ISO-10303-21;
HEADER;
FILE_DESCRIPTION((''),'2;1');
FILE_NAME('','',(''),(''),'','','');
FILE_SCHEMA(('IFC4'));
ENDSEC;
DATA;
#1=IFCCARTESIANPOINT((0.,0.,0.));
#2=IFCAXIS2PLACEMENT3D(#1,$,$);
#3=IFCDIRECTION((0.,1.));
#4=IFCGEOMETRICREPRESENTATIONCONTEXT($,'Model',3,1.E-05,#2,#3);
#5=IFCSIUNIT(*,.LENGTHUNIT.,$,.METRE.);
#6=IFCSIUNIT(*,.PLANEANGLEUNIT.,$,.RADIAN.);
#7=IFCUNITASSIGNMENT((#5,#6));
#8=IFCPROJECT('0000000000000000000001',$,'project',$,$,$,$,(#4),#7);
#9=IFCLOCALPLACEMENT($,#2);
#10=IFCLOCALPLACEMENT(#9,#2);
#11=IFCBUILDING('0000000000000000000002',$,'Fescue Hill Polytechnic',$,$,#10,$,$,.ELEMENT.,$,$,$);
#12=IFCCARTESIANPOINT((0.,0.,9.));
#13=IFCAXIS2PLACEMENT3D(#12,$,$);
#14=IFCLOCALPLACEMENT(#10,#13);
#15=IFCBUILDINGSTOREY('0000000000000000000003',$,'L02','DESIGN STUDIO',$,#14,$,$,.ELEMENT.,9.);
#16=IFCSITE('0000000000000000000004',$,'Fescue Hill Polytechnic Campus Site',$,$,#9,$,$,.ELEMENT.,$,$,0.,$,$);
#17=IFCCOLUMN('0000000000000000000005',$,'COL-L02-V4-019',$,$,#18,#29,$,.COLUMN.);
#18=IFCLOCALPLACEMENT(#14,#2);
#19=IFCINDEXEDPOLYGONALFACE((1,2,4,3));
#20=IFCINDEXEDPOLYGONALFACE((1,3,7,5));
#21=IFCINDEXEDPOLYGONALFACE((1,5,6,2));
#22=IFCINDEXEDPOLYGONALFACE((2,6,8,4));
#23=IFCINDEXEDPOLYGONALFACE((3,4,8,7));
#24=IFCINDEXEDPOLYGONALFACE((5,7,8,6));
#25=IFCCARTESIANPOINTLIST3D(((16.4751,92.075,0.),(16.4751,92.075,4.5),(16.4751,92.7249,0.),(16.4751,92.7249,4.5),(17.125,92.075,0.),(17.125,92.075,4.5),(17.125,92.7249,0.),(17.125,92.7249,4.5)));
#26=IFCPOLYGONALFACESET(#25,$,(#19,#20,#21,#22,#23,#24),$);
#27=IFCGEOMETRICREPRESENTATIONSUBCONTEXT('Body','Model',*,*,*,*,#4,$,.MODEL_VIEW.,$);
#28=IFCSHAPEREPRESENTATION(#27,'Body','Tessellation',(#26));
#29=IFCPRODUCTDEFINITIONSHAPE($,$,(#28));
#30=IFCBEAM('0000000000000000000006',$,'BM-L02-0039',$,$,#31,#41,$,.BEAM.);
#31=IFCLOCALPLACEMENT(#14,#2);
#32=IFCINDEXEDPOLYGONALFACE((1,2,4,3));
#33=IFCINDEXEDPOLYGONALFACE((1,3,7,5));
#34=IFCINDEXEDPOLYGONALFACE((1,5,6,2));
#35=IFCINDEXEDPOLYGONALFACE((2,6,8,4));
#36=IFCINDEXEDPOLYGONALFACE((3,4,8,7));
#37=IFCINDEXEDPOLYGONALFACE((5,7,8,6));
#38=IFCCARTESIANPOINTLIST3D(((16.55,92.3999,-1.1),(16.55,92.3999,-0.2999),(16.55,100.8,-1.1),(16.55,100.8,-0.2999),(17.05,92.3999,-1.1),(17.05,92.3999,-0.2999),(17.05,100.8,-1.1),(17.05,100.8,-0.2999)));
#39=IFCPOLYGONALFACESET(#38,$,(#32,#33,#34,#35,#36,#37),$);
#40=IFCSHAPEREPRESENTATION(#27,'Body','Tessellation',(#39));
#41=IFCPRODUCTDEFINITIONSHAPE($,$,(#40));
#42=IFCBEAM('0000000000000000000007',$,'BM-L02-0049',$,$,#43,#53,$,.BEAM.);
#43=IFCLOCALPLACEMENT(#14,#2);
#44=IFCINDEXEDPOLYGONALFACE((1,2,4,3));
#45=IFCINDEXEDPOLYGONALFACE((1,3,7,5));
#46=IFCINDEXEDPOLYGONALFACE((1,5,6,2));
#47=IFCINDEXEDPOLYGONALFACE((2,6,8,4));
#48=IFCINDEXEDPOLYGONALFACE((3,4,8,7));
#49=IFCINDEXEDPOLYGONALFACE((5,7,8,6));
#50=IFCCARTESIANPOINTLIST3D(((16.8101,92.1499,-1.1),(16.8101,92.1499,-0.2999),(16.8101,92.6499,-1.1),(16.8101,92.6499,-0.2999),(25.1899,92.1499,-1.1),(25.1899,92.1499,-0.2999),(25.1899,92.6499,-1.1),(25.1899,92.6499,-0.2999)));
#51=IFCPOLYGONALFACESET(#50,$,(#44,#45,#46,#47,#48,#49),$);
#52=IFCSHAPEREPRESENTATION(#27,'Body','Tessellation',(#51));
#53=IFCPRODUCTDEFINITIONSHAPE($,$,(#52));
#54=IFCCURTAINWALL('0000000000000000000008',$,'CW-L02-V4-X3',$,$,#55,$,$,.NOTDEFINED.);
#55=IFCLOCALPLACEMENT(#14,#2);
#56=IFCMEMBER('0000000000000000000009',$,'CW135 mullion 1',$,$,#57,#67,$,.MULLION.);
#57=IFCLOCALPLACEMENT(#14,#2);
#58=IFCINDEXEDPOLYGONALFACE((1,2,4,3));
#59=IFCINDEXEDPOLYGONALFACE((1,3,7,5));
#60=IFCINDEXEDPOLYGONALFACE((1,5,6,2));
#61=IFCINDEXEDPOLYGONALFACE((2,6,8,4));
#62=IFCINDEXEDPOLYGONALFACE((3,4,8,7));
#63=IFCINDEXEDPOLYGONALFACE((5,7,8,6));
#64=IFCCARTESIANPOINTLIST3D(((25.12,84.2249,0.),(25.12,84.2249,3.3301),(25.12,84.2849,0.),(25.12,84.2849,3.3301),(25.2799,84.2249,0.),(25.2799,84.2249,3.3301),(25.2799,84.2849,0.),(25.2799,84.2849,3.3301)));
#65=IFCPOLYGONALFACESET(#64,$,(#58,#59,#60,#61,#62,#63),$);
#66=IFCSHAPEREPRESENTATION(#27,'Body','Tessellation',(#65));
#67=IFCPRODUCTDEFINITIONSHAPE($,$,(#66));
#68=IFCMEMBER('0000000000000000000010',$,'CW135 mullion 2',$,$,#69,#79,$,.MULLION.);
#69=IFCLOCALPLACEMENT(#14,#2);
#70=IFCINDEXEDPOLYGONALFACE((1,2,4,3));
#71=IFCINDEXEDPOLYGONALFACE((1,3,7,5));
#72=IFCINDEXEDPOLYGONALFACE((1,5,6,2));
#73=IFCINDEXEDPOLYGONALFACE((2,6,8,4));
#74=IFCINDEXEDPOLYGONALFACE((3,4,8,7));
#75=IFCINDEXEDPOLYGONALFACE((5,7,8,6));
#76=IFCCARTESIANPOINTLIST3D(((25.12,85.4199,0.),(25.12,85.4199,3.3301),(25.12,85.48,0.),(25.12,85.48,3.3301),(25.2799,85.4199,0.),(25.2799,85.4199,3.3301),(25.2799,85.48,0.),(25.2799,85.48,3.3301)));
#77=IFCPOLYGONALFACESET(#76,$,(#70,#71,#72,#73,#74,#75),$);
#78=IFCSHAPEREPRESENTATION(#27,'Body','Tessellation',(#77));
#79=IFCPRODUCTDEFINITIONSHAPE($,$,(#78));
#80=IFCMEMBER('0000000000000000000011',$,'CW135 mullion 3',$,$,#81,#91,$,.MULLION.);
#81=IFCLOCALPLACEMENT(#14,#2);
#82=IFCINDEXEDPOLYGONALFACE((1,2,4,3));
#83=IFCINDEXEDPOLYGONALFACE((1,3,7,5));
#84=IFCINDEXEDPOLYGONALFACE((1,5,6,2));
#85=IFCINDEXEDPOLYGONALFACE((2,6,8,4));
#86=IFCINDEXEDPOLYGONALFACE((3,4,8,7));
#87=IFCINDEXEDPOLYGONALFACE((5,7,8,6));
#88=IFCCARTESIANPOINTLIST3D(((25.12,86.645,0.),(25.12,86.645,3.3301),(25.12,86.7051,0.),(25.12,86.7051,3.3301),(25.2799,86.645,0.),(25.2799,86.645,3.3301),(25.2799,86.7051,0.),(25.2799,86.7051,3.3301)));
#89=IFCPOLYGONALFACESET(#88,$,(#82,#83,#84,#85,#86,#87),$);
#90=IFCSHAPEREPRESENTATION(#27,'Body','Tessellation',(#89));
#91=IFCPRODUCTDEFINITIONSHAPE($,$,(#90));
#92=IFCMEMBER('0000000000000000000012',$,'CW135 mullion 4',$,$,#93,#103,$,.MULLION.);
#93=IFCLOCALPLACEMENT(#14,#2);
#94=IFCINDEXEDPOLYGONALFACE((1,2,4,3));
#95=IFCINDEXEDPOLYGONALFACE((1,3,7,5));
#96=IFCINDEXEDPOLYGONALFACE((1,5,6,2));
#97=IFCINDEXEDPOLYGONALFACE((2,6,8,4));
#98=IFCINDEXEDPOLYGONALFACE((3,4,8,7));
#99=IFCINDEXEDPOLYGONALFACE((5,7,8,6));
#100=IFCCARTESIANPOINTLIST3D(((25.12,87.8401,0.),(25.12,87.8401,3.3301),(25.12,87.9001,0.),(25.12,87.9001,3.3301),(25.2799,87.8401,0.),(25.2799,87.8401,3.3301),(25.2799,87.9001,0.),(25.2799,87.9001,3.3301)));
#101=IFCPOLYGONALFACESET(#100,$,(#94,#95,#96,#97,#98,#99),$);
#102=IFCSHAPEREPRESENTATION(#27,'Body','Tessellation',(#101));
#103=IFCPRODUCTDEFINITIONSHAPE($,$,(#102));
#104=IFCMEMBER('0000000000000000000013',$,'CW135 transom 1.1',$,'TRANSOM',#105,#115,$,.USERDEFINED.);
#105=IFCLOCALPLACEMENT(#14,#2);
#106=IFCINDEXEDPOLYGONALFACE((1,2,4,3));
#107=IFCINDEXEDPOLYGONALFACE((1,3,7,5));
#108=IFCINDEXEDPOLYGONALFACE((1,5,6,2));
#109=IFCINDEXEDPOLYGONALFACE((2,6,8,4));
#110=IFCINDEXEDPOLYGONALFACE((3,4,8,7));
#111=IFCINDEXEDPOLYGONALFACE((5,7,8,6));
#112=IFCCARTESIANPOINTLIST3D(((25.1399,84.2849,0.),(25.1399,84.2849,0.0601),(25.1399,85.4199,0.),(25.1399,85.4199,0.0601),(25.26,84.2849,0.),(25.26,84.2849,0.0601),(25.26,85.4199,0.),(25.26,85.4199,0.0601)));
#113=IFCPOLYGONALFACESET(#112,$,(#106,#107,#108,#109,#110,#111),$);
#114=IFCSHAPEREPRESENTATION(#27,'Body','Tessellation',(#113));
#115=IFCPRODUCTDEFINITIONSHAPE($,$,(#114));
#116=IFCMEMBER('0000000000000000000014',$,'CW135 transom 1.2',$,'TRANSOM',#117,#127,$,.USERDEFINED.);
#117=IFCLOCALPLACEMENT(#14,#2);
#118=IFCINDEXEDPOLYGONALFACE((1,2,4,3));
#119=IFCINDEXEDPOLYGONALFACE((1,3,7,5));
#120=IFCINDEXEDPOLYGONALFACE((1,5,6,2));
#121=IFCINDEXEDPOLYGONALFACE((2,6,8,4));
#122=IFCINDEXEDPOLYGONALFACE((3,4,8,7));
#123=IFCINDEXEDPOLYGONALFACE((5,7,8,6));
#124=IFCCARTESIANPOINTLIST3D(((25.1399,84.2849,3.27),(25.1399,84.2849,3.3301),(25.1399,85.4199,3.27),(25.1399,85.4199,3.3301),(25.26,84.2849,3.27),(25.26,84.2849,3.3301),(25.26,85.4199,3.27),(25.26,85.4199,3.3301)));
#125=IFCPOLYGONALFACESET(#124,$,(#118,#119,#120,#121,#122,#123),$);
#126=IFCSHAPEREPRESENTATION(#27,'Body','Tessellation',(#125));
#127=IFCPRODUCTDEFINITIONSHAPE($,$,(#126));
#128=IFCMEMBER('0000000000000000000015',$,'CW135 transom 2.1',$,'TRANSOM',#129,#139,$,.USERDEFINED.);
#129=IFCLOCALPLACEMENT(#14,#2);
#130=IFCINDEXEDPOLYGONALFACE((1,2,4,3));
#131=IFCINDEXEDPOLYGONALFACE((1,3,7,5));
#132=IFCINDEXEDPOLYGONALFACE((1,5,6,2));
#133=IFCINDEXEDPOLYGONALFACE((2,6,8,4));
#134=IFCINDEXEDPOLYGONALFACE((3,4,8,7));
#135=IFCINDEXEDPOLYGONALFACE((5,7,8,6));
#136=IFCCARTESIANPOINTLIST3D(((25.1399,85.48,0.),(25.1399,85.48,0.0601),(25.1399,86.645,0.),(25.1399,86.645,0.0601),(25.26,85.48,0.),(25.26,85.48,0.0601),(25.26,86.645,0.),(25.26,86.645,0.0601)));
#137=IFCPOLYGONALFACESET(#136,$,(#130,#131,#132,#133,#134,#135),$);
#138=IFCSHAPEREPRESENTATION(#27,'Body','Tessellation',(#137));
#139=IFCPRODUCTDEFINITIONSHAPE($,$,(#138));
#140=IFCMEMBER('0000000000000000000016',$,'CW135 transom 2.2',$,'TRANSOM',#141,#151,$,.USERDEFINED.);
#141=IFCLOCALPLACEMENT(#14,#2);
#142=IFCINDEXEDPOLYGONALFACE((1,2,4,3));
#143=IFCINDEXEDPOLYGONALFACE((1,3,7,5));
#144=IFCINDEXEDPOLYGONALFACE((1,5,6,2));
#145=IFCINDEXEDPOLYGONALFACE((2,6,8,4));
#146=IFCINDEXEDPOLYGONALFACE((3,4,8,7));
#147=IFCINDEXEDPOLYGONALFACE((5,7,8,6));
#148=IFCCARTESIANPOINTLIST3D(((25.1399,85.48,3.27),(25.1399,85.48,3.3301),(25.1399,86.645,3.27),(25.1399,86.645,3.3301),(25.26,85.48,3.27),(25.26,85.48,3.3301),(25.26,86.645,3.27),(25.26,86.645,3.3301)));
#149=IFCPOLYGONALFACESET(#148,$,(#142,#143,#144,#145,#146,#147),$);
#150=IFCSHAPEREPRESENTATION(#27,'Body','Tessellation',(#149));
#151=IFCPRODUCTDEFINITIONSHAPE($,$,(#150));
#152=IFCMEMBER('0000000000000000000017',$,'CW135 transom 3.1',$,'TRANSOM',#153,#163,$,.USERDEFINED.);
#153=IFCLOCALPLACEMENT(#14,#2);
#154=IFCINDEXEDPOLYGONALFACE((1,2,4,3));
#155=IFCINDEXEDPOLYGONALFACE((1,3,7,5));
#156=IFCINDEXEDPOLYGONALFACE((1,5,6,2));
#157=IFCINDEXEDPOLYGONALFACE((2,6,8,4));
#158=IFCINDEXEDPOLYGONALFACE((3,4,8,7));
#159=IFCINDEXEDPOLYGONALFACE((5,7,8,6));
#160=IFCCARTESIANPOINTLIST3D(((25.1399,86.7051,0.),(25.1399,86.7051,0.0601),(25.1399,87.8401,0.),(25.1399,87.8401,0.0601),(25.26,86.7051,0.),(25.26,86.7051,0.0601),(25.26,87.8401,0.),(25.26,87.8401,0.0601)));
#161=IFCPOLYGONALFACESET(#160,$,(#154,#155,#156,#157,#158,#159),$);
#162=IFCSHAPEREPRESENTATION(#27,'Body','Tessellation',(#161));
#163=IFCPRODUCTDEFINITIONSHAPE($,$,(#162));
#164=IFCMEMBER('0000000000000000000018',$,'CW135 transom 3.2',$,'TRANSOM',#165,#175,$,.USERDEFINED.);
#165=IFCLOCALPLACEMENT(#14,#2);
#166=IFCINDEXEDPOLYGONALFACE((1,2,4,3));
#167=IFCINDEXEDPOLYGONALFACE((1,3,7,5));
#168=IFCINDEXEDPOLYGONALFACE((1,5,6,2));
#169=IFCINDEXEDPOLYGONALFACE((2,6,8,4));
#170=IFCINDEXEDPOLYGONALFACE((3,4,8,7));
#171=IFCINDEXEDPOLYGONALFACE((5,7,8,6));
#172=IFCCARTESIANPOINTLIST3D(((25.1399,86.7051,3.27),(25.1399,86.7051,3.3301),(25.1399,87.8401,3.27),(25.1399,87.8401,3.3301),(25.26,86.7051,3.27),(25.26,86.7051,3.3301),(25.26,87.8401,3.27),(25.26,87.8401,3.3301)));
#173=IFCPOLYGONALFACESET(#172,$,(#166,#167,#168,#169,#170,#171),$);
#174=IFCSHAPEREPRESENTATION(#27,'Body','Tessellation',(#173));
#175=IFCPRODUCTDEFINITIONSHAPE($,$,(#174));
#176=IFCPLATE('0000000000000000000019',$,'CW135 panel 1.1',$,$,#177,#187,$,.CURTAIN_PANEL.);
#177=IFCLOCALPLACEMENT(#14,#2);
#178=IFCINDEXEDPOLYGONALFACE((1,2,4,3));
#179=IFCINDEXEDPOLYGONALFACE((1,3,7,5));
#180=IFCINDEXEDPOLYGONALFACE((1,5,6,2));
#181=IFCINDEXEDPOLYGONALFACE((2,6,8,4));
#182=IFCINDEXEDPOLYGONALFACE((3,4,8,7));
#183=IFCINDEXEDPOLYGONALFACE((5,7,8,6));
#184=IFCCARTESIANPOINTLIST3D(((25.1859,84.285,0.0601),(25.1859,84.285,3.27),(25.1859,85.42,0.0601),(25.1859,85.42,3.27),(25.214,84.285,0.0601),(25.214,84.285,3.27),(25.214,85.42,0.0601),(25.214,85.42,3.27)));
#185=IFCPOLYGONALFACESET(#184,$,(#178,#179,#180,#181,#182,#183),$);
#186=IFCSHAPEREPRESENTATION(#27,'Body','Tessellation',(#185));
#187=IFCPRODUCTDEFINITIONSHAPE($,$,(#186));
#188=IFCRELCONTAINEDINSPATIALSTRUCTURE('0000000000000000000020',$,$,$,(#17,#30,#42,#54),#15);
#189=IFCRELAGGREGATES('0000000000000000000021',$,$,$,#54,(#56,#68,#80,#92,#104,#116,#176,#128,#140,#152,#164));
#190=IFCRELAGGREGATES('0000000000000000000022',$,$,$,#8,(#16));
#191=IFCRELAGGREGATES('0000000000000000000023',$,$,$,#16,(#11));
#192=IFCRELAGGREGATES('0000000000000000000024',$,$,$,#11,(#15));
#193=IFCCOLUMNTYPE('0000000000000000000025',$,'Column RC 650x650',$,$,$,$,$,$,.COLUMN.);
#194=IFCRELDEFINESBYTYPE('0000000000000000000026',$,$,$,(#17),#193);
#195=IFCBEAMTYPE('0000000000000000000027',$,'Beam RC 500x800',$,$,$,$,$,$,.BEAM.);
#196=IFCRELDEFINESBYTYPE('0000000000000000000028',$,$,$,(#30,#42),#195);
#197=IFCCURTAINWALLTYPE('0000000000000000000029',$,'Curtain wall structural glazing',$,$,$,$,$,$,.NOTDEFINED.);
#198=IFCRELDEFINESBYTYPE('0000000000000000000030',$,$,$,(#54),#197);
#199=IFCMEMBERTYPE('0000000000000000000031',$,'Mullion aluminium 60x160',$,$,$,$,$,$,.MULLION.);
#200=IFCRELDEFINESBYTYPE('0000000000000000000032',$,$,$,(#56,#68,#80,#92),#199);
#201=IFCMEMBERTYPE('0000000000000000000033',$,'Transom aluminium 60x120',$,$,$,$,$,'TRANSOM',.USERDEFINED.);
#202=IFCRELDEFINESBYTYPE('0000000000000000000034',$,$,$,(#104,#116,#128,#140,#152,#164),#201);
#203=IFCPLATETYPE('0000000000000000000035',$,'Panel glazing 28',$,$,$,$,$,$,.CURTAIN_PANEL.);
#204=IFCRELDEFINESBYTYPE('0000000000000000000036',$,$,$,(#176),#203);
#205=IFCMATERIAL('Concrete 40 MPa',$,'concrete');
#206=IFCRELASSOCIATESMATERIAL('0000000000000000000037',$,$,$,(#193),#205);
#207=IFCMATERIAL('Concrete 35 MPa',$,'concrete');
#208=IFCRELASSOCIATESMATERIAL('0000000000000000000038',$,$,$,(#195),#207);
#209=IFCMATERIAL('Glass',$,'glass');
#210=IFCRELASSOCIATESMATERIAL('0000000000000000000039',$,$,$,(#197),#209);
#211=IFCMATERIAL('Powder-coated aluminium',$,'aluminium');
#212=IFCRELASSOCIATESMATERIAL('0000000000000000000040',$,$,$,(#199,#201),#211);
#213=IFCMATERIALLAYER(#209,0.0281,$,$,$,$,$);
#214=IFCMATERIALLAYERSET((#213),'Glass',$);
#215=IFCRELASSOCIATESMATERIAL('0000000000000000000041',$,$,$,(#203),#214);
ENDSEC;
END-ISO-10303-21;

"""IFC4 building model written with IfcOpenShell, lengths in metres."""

from ifc_helpers import new_model, si_unit, direction, frame, origin, origin_2d, place, context, subcontext, project, spatial, rectangle, extrude, material, layer, layer_set, material_profile, profile_set, type_object, element, aggregate, save


model = new_model("IFC4")

# Units and contexts
model_context = context("Model", 3, precision=1e-05, world=origin(), true_north=direction((0.0, 1.0)))
body_context = subcontext(model_context, "Body", "Model", "MODEL_VIEW")
ifc_project = project(units=[si_unit("LENGTHUNIT", "METRE"), si_unit("PLANEANGLEUNIT", "RADIAN")], contexts=[model_context])

# Site, building, storey
site_placement = place(None, origin())
site = spatial("IfcSite", under=ifc_project, at=site_placement, Name="Fescue Hill Polytechnic Campus Site", CompositionType="ELEMENT", RefElevation=0.0)
building_placement = place(site_placement, origin())
building = spatial("IfcBuilding", under=site, at=building_placement, Name="Fescue Hill Polytechnic", CompositionType="ELEMENT")
storey_placement = place(building_placement, frame((0.0, 0.0, 9.0)))
storey = spatial("IfcBuildingStorey", under=building, at=storey_placement, Name="L02", Description="DESIGN STUDIO", CompositionType="ELEMENT", Elevation=9.0)

# Column
ifc_material_1 = material(Name="Concrete 40 MPa", Category="concrete")
ifc_material_profile_1 = material_profile(ifc_material_1, rectangle(XDim=0.6499, YDim=0.6499, at=origin_2d()), Name="RC 650x650")
ifc_profile_set_1 = profile_set([ifc_material_profile_1], Name="Concrete 40 MPa")
column_type = type_object("IfcColumnType", Name="Column RC 650x650", PredefinedType="COLUMN", material=ifc_profile_set_1)
column_placement = place(storey_placement, frame((16.8, 92.3999, 0.0), z_axis=(0.0, 0.0, 1.0), x_axis=(1.0, 0.0, 0.0)))
element("IfcColumn", 1, at=column_placement, inside=storey, type_object=column_type, Name="COL-L02-V4-019", PredefinedType="COLUMN", context=body_context, shape_type="SweptSolid", body=[
    extrude(rectangle(XDim=0.6499, YDim=0.6499, at=origin_2d()), origin(), (0.0, 0.0, 1.0), 4.5),
])

# Beams
ifc_material_2 = material(Name="Concrete 35 MPa", Category="concrete")
ifc_material_profile_2 = material_profile(ifc_material_2, rectangle(XDim=0.5, YDim=0.8, at=origin_2d()), Name="RC 500x800")
ifc_profile_set_2 = profile_set([ifc_material_profile_2], Name="Concrete 35 MPa")
beam_type = type_object("IfcBeamType", Name="Beam RC 500x800", PredefinedType="BEAM", material=ifc_profile_set_2)
beam_1_placement = place(storey_placement, frame((16.8, 92.3999, -0.7), z_axis=(0.0, 1.0, 0.0), x_axis=(-1.0, 0.0, 0.0)))
element("IfcBeam", 2, at=beam_1_placement, inside=storey, type_object=beam_type, Name="BM-L02-0039", PredefinedType="BEAM", context=body_context, shape_type="SweptSolid", body=[
    extrude(rectangle(XDim=0.5, YDim=0.8, at=origin_2d()), origin(), (0.0, 0.0, 1.0), 8.4001),
])
beam_2_placement = place(storey_placement, frame((16.8101, 92.3999, -0.7), z_axis=(1.0, 0.0, 0.0), x_axis=(0.0, 1.0, 0.0)))
element("IfcBeam", 3, at=beam_2_placement, inside=storey, type_object=beam_type, Name="BM-L02-0049", PredefinedType="BEAM", context=body_context, shape_type="SweptSolid", body=[
    extrude(rectangle(XDim=0.5, YDim=0.8, at=origin_2d()), origin(), (0.0, 0.0, 1.0), 8.3799),
])

# Curtain wall, members, plate
ifc_material_3 = material(Name="Glass", Category="glass")
curtain_wall_type = type_object("IfcCurtainWallType", Name="Curtain wall structural glazing", PredefinedType="NOTDEFINED", material=ifc_material_3)
curtain_wall_placement = place(storey_placement, origin())
curtain_wall = element("IfcCurtainWall", 4, at=curtain_wall_placement, inside=storey, type_object=curtain_wall_type, Name="CW-L02-V4-X3", PredefinedType="NOTDEFINED")
ifc_material_4 = material(Name="Powder-coated aluminium", Category="aluminium")
ifc_material_profile_3 = material_profile(ifc_material_4, rectangle(XDim=0.1599, YDim=0.0601, at=origin_2d()), Name="Mullion aluminium 60x160")
ifc_profile_set_3 = profile_set([ifc_material_profile_3], Name="Powder-coated aluminium")
member_type_1 = type_object("IfcMemberType", Name="Mullion aluminium 60x160", PredefinedType="MULLION", material=ifc_profile_set_3)
member_1_placement = place(storey_placement, frame((25.2, 84.2549, 0.0), z_axis=(0.0, 0.0, 1.0), x_axis=(-1.0, 0.0, 0.0)))
member_1 = element("IfcMember", 5, at=member_1_placement, type_object=member_type_1, Name="CW135 mullion 1", PredefinedType="MULLION", context=body_context, shape_type="SweptSolid", body=[
    extrude(rectangle(XDim=0.1599, YDim=0.0601, at=origin_2d()), origin(), (0.0, 0.0, 1.0), 3.3301),
])
member_2_placement = place(storey_placement, frame((25.2, 85.45, 0.0), z_axis=(0.0, 0.0, 1.0), x_axis=(-1.0, 0.0, 0.0)))
member_2 = element("IfcMember", 6, at=member_2_placement, type_object=member_type_1, Name="CW135 mullion 2", PredefinedType="MULLION", context=body_context, shape_type="SweptSolid", body=[
    extrude(rectangle(XDim=0.1599, YDim=0.0601, at=origin_2d()), origin(), (0.0, 0.0, 1.0), 3.3301),
])
member_3_placement = place(storey_placement, frame((25.2, 86.675, 0.0), z_axis=(0.0, 0.0, 1.0), x_axis=(-1.0, 0.0, 0.0)))
member_3 = element("IfcMember", 7, at=member_3_placement, type_object=member_type_1, Name="CW135 mullion 3", PredefinedType="MULLION", context=body_context, shape_type="SweptSolid", body=[
    extrude(rectangle(XDim=0.1599, YDim=0.0601, at=origin_2d()), origin(), (0.0, 0.0, 1.0), 3.3301),
])
member_4_placement = place(storey_placement, frame((25.2, 87.8701, 0.0), z_axis=(0.0, 0.0, 1.0), x_axis=(-1.0, 0.0, 0.0)))
member_4 = element("IfcMember", 8, at=member_4_placement, type_object=member_type_1, Name="CW135 mullion 4", PredefinedType="MULLION", context=body_context, shape_type="SweptSolid", body=[
    extrude(rectangle(XDim=0.1599, YDim=0.0601, at=origin_2d()), origin(), (0.0, 0.0, 1.0), 3.3301),
])
ifc_material_profile_4 = material_profile(ifc_material_4, rectangle(XDim=0.1201, YDim=0.0601, at=origin_2d()), Name="Transom aluminium 60x120")
ifc_profile_set_4 = profile_set([ifc_material_profile_4], Name="Powder-coated aluminium")
member_type_2 = type_object("IfcMemberType", Name="Transom aluminium 60x120", ElementType="TRANSOM", PredefinedType="USERDEFINED", material=ifc_profile_set_4)
member_5_placement = place(storey_placement, frame((25.2, 84.2849, 0.03), z_axis=(0.0, 1.0, 0.0), x_axis=(-1.0, 0.0, 0.0)))
member_5 = element("IfcMember", 9, at=member_5_placement, type_object=member_type_2, Name="CW135 transom 1.1", ObjectType="TRANSOM", PredefinedType="USERDEFINED", context=body_context, shape_type="SweptSolid", body=[
    extrude(rectangle(XDim=0.1201, YDim=0.0601, at=origin_2d()), origin(), (0.0, 0.0, 1.0), 1.135),
])
member_6_placement = place(storey_placement, frame((25.2, 84.2849, 3.3), z_axis=(0.0, 1.0, 0.0), x_axis=(-1.0, 0.0, 0.0)))
member_6 = element("IfcMember", 10, at=member_6_placement, type_object=member_type_2, Name="CW135 transom 1.2", ObjectType="TRANSOM", PredefinedType="USERDEFINED", context=body_context, shape_type="SweptSolid", body=[
    extrude(rectangle(XDim=0.1201, YDim=0.0601, at=origin_2d()), origin(), (0.0, 0.0, 1.0), 1.135),
])
member_7_placement = place(storey_placement, frame((25.2, 85.48, 0.03), z_axis=(0.0, 1.0, 0.0), x_axis=(-1.0, 0.0, 0.0)))
member_7 = element("IfcMember", 11, at=member_7_placement, type_object=member_type_2, Name="CW135 transom 2.1", ObjectType="TRANSOM", PredefinedType="USERDEFINED", context=body_context, shape_type="SweptSolid", body=[
    extrude(rectangle(XDim=0.1201, YDim=0.0601, at=origin_2d()), origin(), (0.0, 0.0, 1.0), 1.165),
])
member_8_placement = place(storey_placement, frame((25.2, 85.48, 3.3), z_axis=(0.0, 1.0, 0.0), x_axis=(-1.0, 0.0, 0.0)))
member_8 = element("IfcMember", 12, at=member_8_placement, type_object=member_type_2, Name="CW135 transom 2.2", ObjectType="TRANSOM", PredefinedType="USERDEFINED", context=body_context, shape_type="SweptSolid", body=[
    extrude(rectangle(XDim=0.1201, YDim=0.0601, at=origin_2d()), origin(), (0.0, 0.0, 1.0), 1.165),
])
member_9_placement = place(storey_placement, frame((25.2, 86.7051, 0.03), z_axis=(0.0, 1.0, 0.0), x_axis=(-1.0, 0.0, 0.0)))
member_9 = element("IfcMember", 13, at=member_9_placement, type_object=member_type_2, Name="CW135 transom 3.1", ObjectType="TRANSOM", PredefinedType="USERDEFINED", context=body_context, shape_type="SweptSolid", body=[
    extrude(rectangle(XDim=0.1201, YDim=0.0601, at=origin_2d()), origin(), (0.0, 0.0, 1.0), 1.135),
])
member_10_placement = place(storey_placement, frame((25.2, 86.7051, 3.3), z_axis=(0.0, 1.0, 0.0), x_axis=(-1.0, 0.0, 0.0)))
member_10 = element("IfcMember", 14, at=member_10_placement, type_object=member_type_2, Name="CW135 transom 3.2", ObjectType="TRANSOM", PredefinedType="USERDEFINED", context=body_context, shape_type="SweptSolid", body=[
    extrude(rectangle(XDim=0.1201, YDim=0.0601, at=origin_2d()), origin(), (0.0, 0.0, 1.0), 1.135),
])
ifc_layer_1 = layer(ifc_material_3, 0.0281)
ifc_layer_set_1 = layer_set([ifc_layer_1], Name="Glass")
plate_type = type_object("IfcPlateType", Name="Panel glazing 28", PredefinedType="CURTAIN_PANEL", material=ifc_layer_set_1)
plate_1_placement = place(storey_placement, frame((25.2, 84.8525, 0.0601), z_axis=(0.0, 0.0, 1.0), x_axis=(0.0, 1.0, 0.0)))
plate_1 = element("IfcPlate", 15, at=plate_1_placement, type_object=plate_type, Name="CW135 panel 1.1", PredefinedType="CURTAIN_PANEL", context=body_context, shape_type="SweptSolid", body=[
    extrude(rectangle(XDim=1.135, YDim=0.0281, at=origin_2d()), origin(), (0.0, 0.0, 1.0), 3.21),
])
aggregate(curtain_wall, [member_1, member_2, member_3, member_4, member_5, member_6, plate_1, member_7, member_8, member_9, member_10])

save(model, "model.ifc")
